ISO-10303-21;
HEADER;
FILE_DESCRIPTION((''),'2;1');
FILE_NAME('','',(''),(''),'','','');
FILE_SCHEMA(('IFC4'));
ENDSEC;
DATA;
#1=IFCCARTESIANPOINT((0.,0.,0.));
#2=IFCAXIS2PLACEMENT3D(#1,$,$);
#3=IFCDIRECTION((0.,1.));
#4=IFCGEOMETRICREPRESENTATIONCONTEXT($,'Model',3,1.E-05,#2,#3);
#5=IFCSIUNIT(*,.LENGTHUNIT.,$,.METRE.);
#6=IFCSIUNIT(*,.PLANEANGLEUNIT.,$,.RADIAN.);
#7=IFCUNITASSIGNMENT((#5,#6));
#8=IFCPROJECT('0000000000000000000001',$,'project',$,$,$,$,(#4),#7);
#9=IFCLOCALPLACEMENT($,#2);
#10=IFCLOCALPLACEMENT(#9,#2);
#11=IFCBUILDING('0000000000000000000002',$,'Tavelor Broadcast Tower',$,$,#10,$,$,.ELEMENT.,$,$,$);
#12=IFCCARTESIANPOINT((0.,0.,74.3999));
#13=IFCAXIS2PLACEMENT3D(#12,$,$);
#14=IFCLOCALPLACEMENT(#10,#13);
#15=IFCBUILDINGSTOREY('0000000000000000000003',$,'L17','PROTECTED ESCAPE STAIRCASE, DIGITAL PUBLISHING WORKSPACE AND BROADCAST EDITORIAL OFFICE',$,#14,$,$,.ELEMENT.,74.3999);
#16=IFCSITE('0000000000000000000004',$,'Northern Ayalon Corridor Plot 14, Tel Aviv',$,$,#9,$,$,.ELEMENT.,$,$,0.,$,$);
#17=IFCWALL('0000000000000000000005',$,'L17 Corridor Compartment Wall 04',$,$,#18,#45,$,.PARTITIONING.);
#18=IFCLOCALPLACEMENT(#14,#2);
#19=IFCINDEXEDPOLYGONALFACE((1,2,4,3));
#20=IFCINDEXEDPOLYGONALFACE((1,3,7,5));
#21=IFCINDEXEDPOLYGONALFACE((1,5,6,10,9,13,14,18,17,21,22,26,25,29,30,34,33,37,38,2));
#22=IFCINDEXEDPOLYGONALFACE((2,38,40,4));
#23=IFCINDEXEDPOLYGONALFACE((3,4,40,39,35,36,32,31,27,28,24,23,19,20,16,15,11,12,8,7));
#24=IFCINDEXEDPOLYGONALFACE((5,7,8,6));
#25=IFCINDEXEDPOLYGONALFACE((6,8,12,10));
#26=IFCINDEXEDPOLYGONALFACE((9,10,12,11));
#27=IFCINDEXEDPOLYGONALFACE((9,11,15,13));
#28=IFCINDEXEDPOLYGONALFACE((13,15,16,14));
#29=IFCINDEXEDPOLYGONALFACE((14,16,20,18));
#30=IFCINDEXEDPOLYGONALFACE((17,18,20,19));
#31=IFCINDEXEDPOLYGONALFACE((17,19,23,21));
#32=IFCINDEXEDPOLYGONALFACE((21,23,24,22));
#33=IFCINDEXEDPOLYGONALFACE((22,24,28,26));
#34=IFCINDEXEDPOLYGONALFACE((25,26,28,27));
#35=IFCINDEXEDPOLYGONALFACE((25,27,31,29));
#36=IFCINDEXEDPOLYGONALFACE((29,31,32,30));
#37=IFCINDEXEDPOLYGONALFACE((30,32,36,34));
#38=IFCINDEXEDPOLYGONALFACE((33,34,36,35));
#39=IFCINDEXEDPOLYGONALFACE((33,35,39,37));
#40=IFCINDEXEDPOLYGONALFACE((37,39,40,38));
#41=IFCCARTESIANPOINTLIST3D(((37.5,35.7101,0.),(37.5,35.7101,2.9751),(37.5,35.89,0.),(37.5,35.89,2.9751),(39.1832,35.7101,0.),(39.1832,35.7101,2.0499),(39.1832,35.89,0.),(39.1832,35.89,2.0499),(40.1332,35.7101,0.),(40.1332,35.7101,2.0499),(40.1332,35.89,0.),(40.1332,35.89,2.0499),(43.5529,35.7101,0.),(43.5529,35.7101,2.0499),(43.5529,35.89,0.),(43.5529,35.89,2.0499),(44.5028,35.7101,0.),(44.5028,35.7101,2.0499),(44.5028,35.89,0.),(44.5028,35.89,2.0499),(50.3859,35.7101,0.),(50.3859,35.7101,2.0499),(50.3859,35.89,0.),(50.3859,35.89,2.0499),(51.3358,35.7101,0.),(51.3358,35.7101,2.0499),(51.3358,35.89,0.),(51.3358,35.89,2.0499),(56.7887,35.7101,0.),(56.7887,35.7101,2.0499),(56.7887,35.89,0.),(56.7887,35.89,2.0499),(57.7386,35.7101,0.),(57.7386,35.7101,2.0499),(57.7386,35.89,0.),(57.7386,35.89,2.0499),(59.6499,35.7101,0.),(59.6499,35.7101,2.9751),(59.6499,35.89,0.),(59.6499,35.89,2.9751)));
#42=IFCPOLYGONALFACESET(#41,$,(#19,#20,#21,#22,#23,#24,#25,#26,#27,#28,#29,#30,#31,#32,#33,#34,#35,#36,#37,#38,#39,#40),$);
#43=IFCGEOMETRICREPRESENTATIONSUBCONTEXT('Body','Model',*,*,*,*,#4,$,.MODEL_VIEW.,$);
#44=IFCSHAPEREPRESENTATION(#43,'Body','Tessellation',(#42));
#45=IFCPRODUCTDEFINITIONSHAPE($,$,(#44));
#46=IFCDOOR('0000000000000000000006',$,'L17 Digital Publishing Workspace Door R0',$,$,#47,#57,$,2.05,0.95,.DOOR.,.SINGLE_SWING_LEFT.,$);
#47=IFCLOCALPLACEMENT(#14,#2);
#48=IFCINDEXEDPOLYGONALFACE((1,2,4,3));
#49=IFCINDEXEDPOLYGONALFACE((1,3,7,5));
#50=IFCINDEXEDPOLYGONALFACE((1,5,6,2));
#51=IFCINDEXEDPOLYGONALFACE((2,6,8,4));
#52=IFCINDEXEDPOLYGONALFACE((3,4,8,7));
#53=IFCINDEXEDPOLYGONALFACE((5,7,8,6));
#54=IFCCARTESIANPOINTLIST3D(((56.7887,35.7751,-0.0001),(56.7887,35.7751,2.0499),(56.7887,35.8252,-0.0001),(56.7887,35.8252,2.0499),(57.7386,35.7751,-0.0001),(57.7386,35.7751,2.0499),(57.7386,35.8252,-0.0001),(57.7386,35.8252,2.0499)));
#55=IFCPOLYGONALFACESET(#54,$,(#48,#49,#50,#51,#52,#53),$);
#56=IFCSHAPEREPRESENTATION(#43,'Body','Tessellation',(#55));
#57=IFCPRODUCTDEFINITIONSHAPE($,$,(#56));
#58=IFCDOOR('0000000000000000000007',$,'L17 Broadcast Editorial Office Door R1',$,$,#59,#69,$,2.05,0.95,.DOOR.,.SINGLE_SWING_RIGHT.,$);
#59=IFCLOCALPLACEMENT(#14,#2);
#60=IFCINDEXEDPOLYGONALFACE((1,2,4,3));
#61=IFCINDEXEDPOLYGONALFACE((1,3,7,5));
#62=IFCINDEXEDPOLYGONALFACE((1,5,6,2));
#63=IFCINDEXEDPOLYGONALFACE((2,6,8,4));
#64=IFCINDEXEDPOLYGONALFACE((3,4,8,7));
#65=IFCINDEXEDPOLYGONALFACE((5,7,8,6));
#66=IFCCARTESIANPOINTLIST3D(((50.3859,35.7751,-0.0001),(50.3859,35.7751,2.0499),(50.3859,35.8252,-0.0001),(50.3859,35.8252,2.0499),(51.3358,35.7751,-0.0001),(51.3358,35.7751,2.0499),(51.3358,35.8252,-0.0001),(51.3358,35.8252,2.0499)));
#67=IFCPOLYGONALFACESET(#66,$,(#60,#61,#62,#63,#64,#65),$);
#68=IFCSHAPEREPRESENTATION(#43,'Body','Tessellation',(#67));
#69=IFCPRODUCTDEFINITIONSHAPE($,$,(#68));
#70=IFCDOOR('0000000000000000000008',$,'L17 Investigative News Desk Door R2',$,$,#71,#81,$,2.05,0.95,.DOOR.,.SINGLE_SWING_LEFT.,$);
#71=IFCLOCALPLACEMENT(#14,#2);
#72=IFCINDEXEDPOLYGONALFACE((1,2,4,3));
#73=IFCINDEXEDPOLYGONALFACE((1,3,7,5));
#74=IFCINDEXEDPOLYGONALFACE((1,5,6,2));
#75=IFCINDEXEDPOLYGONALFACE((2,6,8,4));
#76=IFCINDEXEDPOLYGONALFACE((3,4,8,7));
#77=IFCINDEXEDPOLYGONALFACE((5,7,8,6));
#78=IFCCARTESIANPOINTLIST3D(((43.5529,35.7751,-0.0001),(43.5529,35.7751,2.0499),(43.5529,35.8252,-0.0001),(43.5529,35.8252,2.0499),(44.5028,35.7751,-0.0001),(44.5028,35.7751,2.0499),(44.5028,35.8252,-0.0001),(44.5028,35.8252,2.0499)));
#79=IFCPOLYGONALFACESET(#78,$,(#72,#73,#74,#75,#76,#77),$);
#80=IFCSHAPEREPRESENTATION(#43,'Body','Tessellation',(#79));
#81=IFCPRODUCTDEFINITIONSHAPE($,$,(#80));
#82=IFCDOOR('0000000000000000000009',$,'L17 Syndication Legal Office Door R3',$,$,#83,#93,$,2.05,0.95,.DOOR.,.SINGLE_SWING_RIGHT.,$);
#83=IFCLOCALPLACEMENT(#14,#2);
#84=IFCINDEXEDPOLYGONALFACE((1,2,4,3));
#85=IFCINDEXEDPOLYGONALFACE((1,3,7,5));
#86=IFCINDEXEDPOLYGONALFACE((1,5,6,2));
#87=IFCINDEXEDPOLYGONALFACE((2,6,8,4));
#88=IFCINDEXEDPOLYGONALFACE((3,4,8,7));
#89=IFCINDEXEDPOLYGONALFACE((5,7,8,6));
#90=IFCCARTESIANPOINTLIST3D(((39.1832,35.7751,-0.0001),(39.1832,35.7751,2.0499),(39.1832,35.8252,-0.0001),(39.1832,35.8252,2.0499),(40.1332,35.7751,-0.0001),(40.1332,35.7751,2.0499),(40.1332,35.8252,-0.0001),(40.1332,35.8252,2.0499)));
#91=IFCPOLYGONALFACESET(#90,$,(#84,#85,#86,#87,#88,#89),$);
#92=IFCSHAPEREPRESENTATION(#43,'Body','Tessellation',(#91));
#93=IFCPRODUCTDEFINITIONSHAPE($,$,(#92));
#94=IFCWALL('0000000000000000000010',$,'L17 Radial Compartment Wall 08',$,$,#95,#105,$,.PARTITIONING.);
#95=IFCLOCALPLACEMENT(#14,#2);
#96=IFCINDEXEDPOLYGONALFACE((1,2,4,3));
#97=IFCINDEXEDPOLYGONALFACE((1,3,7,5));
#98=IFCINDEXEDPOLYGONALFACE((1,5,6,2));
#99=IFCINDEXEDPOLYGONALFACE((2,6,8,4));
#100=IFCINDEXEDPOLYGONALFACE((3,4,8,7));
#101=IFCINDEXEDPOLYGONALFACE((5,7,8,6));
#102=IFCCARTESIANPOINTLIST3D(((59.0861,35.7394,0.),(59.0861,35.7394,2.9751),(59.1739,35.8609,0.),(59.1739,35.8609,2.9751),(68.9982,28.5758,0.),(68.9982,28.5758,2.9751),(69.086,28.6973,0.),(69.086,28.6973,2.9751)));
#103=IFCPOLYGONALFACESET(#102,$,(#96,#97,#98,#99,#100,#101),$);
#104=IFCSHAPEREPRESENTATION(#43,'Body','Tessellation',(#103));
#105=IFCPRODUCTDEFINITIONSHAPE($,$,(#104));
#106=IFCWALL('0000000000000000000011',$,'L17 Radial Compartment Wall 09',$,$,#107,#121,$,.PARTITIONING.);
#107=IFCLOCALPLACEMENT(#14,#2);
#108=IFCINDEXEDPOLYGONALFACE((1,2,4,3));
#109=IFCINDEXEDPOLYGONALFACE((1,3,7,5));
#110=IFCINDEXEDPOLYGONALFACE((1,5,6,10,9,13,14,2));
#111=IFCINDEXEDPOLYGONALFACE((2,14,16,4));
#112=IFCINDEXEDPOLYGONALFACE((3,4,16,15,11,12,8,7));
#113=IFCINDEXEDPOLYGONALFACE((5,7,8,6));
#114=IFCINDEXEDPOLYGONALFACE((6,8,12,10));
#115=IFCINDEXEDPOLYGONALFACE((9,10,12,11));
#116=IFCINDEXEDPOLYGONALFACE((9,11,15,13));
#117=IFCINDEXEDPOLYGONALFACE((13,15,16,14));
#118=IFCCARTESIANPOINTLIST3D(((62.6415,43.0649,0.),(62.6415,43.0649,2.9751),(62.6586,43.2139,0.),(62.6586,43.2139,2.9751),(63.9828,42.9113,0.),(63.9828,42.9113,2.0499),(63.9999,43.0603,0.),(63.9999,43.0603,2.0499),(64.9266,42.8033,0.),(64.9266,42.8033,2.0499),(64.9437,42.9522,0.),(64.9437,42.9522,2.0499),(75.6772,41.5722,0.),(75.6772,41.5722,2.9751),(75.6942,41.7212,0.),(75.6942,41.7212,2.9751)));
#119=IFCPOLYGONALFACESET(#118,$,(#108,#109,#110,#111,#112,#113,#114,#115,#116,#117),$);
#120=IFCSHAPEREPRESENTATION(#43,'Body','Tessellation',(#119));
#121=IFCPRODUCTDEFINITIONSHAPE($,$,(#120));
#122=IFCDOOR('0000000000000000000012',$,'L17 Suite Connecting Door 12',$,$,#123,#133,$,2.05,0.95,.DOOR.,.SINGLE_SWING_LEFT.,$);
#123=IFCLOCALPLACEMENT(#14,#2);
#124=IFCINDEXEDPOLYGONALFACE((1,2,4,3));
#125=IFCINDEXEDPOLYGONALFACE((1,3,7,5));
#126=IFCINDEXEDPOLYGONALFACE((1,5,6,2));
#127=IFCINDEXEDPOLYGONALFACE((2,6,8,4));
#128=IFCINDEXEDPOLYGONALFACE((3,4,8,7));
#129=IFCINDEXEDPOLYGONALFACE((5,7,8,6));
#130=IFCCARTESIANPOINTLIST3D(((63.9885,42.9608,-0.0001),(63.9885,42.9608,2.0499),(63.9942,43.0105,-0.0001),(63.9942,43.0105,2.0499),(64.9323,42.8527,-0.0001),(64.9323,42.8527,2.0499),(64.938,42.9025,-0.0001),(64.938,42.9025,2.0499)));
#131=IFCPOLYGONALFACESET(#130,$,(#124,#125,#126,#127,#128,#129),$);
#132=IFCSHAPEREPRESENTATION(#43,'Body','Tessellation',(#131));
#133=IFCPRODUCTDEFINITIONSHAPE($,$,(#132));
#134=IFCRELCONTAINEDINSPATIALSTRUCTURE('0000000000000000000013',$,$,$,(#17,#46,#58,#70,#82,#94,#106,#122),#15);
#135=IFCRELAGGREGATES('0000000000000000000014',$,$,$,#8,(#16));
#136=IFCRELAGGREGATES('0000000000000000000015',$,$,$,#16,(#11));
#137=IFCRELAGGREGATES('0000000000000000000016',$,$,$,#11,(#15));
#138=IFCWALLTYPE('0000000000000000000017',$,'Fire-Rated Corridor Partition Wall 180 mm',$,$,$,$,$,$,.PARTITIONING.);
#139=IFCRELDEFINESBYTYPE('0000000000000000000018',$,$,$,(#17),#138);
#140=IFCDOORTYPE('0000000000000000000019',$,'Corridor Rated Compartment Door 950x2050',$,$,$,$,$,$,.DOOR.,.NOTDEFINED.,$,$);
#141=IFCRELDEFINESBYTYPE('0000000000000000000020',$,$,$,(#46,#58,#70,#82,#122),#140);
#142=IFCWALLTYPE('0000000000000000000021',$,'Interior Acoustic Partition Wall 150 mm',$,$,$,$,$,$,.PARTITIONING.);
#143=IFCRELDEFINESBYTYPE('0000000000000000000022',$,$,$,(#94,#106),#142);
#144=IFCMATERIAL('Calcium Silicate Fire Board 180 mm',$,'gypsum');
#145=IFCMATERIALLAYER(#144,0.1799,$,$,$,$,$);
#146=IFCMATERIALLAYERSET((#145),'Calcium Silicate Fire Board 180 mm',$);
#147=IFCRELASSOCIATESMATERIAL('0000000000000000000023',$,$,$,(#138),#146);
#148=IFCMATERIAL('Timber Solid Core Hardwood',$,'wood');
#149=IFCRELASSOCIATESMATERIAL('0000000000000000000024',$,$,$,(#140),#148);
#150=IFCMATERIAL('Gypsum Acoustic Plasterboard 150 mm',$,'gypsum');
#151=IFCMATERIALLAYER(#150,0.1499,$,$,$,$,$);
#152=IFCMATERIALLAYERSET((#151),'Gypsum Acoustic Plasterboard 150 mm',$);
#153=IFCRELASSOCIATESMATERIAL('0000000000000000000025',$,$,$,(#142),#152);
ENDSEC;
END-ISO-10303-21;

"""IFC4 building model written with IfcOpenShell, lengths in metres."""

from ifc_helpers import new_model, si_unit, direction, frame, frame_2d, origin, place, context, subcontext, project, spatial, rectangle, extrude, material, layer, layer_set, type_object, element, fill, save


model = new_model("IFC4")

# Units and contexts
model_context = context("Model", 3, precision=1e-05, world=origin(), true_north=direction((0.0, 1.0)))
body_context = subcontext(model_context, "Body", "Model", "MODEL_VIEW")
ifc_project = project(units=[si_unit("LENGTHUNIT", "METRE"), si_unit("PLANEANGLEUNIT", "RADIAN")], contexts=[model_context])

# Site, building, storey
site_placement = place(None, origin())
site = spatial("IfcSite", under=ifc_project, at=site_placement, Name="Northern Ayalon Corridor Plot 14, Tel Aviv", CompositionType="ELEMENT", RefElevation=0.0)
building_placement = place(site_placement, origin())
building = spatial("IfcBuilding", under=site, at=building_placement, Name="Tavelor Broadcast Tower", CompositionType="ELEMENT")
storey_placement = place(building_placement, frame((0.0, 0.0, 74.3999)))
storey = spatial("IfcBuildingStorey", under=building, at=storey_placement, Name="L17", Description="PROTECTED ESCAPE STAIRCASE, DIGITAL PUBLISHING WORKSPACE AND BROADCAST EDITORIAL OFFICE", CompositionType="ELEMENT", Elevation=74.3999)

# Shared definitions
ifc_material_1 = material(Name="Calcium Silicate Fire Board 180 mm", Category="gypsum")
ifc_layer_1 = layer(ifc_material_1, 0.1799)
ifc_layer_set_1 = layer_set([ifc_layer_1], Name="Calcium Silicate Fire Board 180 mm")
wall_type_1 = type_object("IfcWallType", Name="Fire-Rated Corridor Partition Wall 180 mm", PredefinedType="PARTITIONING", material=ifc_layer_set_1)
ifc_material_2 = material(Name="Timber Solid Core Hardwood", Category="wood")
door_type_1 = type_object("IfcDoorType", Name="Corridor Rated Compartment Door 950x2050", OperationType="NOTDEFINED", PredefinedType="DOOR", material=ifc_material_2)

# Wall, openings, doors
wall_1_placement = place(storey_placement, frame((59.6499, 35.8, 0.0), z_axis=(0.0, 0.0, 1.0), x_axis=(-1.0, 0.0, 0.0)))
wall_1 = element("IfcWall", 1, at=wall_1_placement, inside=storey, type_object=wall_type_1, Name="L17 Corridor Compartment Wall 04", PredefinedType="PARTITIONING", context=body_context, shape_type="SweptSolid", body=[
    extrude(rectangle(XDim=22.1499, YDim=0.1799, at=frame_2d((11.075, 0.0))), origin(), (0.0, 0.0, 1.0), 2.9751),
])
opening_1_placement = place(wall_1_placement, frame((1.9111, 0.0, 0.0)))
opening_1 = element("IfcOpeningElement", 2, at=opening_1_placement, cuts=wall_1, PredefinedType="OPENING", context=body_context, shape_type="SweptSolid", body=[
    extrude(rectangle(XDim=0.95, YDim=2.05, at=frame_2d((0.4751, 1.0249))), frame((0.0, 0.1001, 0.0), z_axis=(0.0, -1.0, 0.0), x_axis=(1.0, 0.0, 0.0)), (0.0, 0.0, 1.0), 0.2),
])
opening_2_placement = place(wall_1_placement, frame((8.314, 0.0, 0.0)))
opening_2 = element("IfcOpeningElement", 3, at=opening_2_placement, cuts=wall_1, PredefinedType="OPENING", context=body_context, shape_type="SweptSolid", body=[
    extrude(rectangle(XDim=0.95, YDim=2.05, at=frame_2d((0.4751, 1.0249))), frame((0.0, 0.1001, 0.0), z_axis=(0.0, -1.0, 0.0), x_axis=(1.0, 0.0, 0.0)), (0.0, 0.0, 1.0), 0.2),
])
opening_3_placement = place(wall_1_placement, frame((15.147, 0.0, 0.0)))
opening_3 = element("IfcOpeningElement", 4, at=opening_3_placement, cuts=wall_1, PredefinedType="OPENING", context=body_context, shape_type="SweptSolid", body=[
    extrude(rectangle(XDim=0.95, YDim=2.05, at=frame_2d((0.4751, 1.0249))), frame((0.0, 0.1001, 0.0), z_axis=(0.0, -1.0, 0.0), x_axis=(1.0, 0.0, 0.0)), (0.0, 0.0, 1.0), 0.2),
])
opening_4_placement = place(wall_1_placement, frame((19.5166, 0.0, 0.0)))
opening_4 = element("IfcOpeningElement", 5, at=opening_4_placement, cuts=wall_1, PredefinedType="OPENING", context=body_context, shape_type="SweptSolid", body=[
    extrude(rectangle(XDim=0.95, YDim=2.05, at=frame_2d((0.4751, 1.0249))), frame((0.0, 0.1001, 0.0), z_axis=(0.0, -1.0, 0.0), x_axis=(1.0, 0.0, 0.0)), (0.0, 0.0, 1.0), 0.2),
])
door_1_placement = place(opening_1_placement, origin())
door_1 = element("IfcDoor", 6, at=door_1_placement, inside=storey, type_object=door_type_1, Name="L17 Digital Publishing Workspace Door R0", OperationType="SINGLE_SWING_LEFT", OverallHeight=2.05, OverallWidth=0.95, PredefinedType="DOOR", context=body_context, shape_type="SweptSolid", body=[
    extrude(rectangle(XDim=0.95, YDim=2.05, at=frame_2d((0.4751, 1.0249))), frame((0.0, 0.0249, 0.0), z_axis=(0.0, -1.0, 0.0), x_axis=(1.0, 0.0, 0.0)), (0.0, 0.0, 1.0), 0.05),
])
fill(opening_1, door_1)
door_2_placement = place(opening_2_placement, origin())
door_2 = element("IfcDoor", 7, at=door_2_placement, inside=storey, type_object=door_type_1, Name="L17 Broadcast Editorial Office Door R1", OperationType="SINGLE_SWING_RIGHT", OverallHeight=2.05, OverallWidth=0.95, PredefinedType="DOOR", context=body_context, shape_type="SweptSolid", body=[
    extrude(rectangle(XDim=0.95, YDim=2.05, at=frame_2d((0.4751, 1.0249))), frame((0.0, 0.0249, 0.0), z_axis=(0.0, -1.0, 0.0), x_axis=(1.0, 0.0, 0.0)), (0.0, 0.0, 1.0), 0.05),
])
fill(opening_2, door_2)
door_3_placement = place(opening_3_placement, origin())
door_3 = element("IfcDoor", 8, at=door_3_placement, inside=storey, type_object=door_type_1, Name="L17 Investigative News Desk Door R2", OperationType="SINGLE_SWING_LEFT", OverallHeight=2.05, OverallWidth=0.95, PredefinedType="DOOR", context=body_context, shape_type="SweptSolid", body=[
    extrude(rectangle(XDim=0.95, YDim=2.05, at=frame_2d((0.4751, 1.0249))), frame((0.0, 0.0249, 0.0), z_axis=(0.0, -1.0, 0.0), x_axis=(1.0, 0.0, 0.0)), (0.0, 0.0, 1.0), 0.05),
])
fill(opening_3, door_3)
door_4_placement = place(opening_4_placement, origin())
door_4 = element("IfcDoor", 9, at=door_4_placement, inside=storey, type_object=door_type_1, Name="L17 Syndication Legal Office Door R3", OperationType="SINGLE_SWING_RIGHT", OverallHeight=2.05, OverallWidth=0.95, PredefinedType="DOOR", context=body_context, shape_type="SweptSolid", body=[
    extrude(rectangle(XDim=0.95, YDim=2.05, at=frame_2d((0.4751, 1.0249))), frame((0.0, 0.0249, 0.0), z_axis=(0.0, -1.0, 0.0), x_axis=(1.0, 0.0, 0.0)), (0.0, 0.0, 1.0), 0.05),
])
fill(opening_4, door_4)

# Wall
ifc_material_3 = material(Name="Gypsum Acoustic Plasterboard 150 mm", Category="gypsum")
ifc_layer_2 = layer(ifc_material_3, 0.1499)
ifc_layer_set_2 = layer_set([ifc_layer_2], Name="Gypsum Acoustic Plasterboard 150 mm")
wall_type_2 = type_object("IfcWallType", Name="Interior Acoustic Partition Wall 150 mm", PredefinedType="PARTITIONING", material=ifc_layer_set_2)
wall_2_placement = place(storey_placement, frame((59.1301, 35.8, 0.0), z_axis=(0.0, 0.0, 1.0), x_axis=(0.810492, -0.58575, 0.0)))
element("IfcWall", 10, at=wall_2_placement, inside=storey, type_object=wall_type_2, Name="L17 Radial Compartment Wall 08", PredefinedType="PARTITIONING", context=body_context, shape_type="SweptSolid", body=[
    extrude(rectangle(XDim=12.2297, YDim=0.1499, at=frame_2d((6.1147, 0.0))), origin(), (0.0, 0.0, 1.0), 2.9751),
])

# Wall, opening, door
wall_3_placement = place(storey_placement, frame((62.6499, 43.1394, 0.0), z_axis=(0.0, 0.0, 1.0), x_axis=(0.993508, -0.113764, 0.0)))
wall_3 = element("IfcWall", 11, at=wall_3_placement, inside=storey, type_object=wall_type_2, Name="L17 Radial Compartment Wall 09", PredefinedType="PARTITIONING", context=body_context, shape_type="SweptSolid", body=[
    extrude(rectangle(XDim=13.1208, YDim=0.1499, at=frame_2d((6.5605, 0.0))), origin(), (0.0, 0.0, 1.0), 2.9751),
])
opening_5_placement = place(wall_3_placement, frame((1.3501, 0.0, 0.0)))
opening_5 = element("IfcOpeningElement", 12, at=opening_5_placement, cuts=wall_3, PredefinedType="OPENING", context=body_context, shape_type="SweptSolid", body=[
    extrude(rectangle(XDim=0.95, YDim=2.05, at=frame_2d((0.4751, 1.0249))), frame((0.0, 0.085, 0.0), z_axis=(0.0, -1.0, 0.0), x_axis=(1.0, 0.0, 0.0)), (0.0, 0.0, 1.0), 0.1699),
])
door_5_placement = place(opening_5_placement, origin())
door_5 = element("IfcDoor", 13, at=door_5_placement, inside=storey, type_object=door_type_1, Name="L17 Suite Connecting Door 12", OperationType="SINGLE_SWING_LEFT", OverallHeight=2.05, OverallWidth=0.95, PredefinedType="DOOR", context=body_context, shape_type="SweptSolid", body=[
    extrude(rectangle(XDim=0.95, YDim=2.05, at=frame_2d((0.4751, 1.0249))), frame((0.0, 0.0249, 0.0), z_axis=(0.0, -1.0, 0.0), x_axis=(1.0, 0.0, 0.0)), (0.0, 0.0, 1.0), 0.05),
])
fill(opening_5, door_5)

save(model, "model.ifc")
